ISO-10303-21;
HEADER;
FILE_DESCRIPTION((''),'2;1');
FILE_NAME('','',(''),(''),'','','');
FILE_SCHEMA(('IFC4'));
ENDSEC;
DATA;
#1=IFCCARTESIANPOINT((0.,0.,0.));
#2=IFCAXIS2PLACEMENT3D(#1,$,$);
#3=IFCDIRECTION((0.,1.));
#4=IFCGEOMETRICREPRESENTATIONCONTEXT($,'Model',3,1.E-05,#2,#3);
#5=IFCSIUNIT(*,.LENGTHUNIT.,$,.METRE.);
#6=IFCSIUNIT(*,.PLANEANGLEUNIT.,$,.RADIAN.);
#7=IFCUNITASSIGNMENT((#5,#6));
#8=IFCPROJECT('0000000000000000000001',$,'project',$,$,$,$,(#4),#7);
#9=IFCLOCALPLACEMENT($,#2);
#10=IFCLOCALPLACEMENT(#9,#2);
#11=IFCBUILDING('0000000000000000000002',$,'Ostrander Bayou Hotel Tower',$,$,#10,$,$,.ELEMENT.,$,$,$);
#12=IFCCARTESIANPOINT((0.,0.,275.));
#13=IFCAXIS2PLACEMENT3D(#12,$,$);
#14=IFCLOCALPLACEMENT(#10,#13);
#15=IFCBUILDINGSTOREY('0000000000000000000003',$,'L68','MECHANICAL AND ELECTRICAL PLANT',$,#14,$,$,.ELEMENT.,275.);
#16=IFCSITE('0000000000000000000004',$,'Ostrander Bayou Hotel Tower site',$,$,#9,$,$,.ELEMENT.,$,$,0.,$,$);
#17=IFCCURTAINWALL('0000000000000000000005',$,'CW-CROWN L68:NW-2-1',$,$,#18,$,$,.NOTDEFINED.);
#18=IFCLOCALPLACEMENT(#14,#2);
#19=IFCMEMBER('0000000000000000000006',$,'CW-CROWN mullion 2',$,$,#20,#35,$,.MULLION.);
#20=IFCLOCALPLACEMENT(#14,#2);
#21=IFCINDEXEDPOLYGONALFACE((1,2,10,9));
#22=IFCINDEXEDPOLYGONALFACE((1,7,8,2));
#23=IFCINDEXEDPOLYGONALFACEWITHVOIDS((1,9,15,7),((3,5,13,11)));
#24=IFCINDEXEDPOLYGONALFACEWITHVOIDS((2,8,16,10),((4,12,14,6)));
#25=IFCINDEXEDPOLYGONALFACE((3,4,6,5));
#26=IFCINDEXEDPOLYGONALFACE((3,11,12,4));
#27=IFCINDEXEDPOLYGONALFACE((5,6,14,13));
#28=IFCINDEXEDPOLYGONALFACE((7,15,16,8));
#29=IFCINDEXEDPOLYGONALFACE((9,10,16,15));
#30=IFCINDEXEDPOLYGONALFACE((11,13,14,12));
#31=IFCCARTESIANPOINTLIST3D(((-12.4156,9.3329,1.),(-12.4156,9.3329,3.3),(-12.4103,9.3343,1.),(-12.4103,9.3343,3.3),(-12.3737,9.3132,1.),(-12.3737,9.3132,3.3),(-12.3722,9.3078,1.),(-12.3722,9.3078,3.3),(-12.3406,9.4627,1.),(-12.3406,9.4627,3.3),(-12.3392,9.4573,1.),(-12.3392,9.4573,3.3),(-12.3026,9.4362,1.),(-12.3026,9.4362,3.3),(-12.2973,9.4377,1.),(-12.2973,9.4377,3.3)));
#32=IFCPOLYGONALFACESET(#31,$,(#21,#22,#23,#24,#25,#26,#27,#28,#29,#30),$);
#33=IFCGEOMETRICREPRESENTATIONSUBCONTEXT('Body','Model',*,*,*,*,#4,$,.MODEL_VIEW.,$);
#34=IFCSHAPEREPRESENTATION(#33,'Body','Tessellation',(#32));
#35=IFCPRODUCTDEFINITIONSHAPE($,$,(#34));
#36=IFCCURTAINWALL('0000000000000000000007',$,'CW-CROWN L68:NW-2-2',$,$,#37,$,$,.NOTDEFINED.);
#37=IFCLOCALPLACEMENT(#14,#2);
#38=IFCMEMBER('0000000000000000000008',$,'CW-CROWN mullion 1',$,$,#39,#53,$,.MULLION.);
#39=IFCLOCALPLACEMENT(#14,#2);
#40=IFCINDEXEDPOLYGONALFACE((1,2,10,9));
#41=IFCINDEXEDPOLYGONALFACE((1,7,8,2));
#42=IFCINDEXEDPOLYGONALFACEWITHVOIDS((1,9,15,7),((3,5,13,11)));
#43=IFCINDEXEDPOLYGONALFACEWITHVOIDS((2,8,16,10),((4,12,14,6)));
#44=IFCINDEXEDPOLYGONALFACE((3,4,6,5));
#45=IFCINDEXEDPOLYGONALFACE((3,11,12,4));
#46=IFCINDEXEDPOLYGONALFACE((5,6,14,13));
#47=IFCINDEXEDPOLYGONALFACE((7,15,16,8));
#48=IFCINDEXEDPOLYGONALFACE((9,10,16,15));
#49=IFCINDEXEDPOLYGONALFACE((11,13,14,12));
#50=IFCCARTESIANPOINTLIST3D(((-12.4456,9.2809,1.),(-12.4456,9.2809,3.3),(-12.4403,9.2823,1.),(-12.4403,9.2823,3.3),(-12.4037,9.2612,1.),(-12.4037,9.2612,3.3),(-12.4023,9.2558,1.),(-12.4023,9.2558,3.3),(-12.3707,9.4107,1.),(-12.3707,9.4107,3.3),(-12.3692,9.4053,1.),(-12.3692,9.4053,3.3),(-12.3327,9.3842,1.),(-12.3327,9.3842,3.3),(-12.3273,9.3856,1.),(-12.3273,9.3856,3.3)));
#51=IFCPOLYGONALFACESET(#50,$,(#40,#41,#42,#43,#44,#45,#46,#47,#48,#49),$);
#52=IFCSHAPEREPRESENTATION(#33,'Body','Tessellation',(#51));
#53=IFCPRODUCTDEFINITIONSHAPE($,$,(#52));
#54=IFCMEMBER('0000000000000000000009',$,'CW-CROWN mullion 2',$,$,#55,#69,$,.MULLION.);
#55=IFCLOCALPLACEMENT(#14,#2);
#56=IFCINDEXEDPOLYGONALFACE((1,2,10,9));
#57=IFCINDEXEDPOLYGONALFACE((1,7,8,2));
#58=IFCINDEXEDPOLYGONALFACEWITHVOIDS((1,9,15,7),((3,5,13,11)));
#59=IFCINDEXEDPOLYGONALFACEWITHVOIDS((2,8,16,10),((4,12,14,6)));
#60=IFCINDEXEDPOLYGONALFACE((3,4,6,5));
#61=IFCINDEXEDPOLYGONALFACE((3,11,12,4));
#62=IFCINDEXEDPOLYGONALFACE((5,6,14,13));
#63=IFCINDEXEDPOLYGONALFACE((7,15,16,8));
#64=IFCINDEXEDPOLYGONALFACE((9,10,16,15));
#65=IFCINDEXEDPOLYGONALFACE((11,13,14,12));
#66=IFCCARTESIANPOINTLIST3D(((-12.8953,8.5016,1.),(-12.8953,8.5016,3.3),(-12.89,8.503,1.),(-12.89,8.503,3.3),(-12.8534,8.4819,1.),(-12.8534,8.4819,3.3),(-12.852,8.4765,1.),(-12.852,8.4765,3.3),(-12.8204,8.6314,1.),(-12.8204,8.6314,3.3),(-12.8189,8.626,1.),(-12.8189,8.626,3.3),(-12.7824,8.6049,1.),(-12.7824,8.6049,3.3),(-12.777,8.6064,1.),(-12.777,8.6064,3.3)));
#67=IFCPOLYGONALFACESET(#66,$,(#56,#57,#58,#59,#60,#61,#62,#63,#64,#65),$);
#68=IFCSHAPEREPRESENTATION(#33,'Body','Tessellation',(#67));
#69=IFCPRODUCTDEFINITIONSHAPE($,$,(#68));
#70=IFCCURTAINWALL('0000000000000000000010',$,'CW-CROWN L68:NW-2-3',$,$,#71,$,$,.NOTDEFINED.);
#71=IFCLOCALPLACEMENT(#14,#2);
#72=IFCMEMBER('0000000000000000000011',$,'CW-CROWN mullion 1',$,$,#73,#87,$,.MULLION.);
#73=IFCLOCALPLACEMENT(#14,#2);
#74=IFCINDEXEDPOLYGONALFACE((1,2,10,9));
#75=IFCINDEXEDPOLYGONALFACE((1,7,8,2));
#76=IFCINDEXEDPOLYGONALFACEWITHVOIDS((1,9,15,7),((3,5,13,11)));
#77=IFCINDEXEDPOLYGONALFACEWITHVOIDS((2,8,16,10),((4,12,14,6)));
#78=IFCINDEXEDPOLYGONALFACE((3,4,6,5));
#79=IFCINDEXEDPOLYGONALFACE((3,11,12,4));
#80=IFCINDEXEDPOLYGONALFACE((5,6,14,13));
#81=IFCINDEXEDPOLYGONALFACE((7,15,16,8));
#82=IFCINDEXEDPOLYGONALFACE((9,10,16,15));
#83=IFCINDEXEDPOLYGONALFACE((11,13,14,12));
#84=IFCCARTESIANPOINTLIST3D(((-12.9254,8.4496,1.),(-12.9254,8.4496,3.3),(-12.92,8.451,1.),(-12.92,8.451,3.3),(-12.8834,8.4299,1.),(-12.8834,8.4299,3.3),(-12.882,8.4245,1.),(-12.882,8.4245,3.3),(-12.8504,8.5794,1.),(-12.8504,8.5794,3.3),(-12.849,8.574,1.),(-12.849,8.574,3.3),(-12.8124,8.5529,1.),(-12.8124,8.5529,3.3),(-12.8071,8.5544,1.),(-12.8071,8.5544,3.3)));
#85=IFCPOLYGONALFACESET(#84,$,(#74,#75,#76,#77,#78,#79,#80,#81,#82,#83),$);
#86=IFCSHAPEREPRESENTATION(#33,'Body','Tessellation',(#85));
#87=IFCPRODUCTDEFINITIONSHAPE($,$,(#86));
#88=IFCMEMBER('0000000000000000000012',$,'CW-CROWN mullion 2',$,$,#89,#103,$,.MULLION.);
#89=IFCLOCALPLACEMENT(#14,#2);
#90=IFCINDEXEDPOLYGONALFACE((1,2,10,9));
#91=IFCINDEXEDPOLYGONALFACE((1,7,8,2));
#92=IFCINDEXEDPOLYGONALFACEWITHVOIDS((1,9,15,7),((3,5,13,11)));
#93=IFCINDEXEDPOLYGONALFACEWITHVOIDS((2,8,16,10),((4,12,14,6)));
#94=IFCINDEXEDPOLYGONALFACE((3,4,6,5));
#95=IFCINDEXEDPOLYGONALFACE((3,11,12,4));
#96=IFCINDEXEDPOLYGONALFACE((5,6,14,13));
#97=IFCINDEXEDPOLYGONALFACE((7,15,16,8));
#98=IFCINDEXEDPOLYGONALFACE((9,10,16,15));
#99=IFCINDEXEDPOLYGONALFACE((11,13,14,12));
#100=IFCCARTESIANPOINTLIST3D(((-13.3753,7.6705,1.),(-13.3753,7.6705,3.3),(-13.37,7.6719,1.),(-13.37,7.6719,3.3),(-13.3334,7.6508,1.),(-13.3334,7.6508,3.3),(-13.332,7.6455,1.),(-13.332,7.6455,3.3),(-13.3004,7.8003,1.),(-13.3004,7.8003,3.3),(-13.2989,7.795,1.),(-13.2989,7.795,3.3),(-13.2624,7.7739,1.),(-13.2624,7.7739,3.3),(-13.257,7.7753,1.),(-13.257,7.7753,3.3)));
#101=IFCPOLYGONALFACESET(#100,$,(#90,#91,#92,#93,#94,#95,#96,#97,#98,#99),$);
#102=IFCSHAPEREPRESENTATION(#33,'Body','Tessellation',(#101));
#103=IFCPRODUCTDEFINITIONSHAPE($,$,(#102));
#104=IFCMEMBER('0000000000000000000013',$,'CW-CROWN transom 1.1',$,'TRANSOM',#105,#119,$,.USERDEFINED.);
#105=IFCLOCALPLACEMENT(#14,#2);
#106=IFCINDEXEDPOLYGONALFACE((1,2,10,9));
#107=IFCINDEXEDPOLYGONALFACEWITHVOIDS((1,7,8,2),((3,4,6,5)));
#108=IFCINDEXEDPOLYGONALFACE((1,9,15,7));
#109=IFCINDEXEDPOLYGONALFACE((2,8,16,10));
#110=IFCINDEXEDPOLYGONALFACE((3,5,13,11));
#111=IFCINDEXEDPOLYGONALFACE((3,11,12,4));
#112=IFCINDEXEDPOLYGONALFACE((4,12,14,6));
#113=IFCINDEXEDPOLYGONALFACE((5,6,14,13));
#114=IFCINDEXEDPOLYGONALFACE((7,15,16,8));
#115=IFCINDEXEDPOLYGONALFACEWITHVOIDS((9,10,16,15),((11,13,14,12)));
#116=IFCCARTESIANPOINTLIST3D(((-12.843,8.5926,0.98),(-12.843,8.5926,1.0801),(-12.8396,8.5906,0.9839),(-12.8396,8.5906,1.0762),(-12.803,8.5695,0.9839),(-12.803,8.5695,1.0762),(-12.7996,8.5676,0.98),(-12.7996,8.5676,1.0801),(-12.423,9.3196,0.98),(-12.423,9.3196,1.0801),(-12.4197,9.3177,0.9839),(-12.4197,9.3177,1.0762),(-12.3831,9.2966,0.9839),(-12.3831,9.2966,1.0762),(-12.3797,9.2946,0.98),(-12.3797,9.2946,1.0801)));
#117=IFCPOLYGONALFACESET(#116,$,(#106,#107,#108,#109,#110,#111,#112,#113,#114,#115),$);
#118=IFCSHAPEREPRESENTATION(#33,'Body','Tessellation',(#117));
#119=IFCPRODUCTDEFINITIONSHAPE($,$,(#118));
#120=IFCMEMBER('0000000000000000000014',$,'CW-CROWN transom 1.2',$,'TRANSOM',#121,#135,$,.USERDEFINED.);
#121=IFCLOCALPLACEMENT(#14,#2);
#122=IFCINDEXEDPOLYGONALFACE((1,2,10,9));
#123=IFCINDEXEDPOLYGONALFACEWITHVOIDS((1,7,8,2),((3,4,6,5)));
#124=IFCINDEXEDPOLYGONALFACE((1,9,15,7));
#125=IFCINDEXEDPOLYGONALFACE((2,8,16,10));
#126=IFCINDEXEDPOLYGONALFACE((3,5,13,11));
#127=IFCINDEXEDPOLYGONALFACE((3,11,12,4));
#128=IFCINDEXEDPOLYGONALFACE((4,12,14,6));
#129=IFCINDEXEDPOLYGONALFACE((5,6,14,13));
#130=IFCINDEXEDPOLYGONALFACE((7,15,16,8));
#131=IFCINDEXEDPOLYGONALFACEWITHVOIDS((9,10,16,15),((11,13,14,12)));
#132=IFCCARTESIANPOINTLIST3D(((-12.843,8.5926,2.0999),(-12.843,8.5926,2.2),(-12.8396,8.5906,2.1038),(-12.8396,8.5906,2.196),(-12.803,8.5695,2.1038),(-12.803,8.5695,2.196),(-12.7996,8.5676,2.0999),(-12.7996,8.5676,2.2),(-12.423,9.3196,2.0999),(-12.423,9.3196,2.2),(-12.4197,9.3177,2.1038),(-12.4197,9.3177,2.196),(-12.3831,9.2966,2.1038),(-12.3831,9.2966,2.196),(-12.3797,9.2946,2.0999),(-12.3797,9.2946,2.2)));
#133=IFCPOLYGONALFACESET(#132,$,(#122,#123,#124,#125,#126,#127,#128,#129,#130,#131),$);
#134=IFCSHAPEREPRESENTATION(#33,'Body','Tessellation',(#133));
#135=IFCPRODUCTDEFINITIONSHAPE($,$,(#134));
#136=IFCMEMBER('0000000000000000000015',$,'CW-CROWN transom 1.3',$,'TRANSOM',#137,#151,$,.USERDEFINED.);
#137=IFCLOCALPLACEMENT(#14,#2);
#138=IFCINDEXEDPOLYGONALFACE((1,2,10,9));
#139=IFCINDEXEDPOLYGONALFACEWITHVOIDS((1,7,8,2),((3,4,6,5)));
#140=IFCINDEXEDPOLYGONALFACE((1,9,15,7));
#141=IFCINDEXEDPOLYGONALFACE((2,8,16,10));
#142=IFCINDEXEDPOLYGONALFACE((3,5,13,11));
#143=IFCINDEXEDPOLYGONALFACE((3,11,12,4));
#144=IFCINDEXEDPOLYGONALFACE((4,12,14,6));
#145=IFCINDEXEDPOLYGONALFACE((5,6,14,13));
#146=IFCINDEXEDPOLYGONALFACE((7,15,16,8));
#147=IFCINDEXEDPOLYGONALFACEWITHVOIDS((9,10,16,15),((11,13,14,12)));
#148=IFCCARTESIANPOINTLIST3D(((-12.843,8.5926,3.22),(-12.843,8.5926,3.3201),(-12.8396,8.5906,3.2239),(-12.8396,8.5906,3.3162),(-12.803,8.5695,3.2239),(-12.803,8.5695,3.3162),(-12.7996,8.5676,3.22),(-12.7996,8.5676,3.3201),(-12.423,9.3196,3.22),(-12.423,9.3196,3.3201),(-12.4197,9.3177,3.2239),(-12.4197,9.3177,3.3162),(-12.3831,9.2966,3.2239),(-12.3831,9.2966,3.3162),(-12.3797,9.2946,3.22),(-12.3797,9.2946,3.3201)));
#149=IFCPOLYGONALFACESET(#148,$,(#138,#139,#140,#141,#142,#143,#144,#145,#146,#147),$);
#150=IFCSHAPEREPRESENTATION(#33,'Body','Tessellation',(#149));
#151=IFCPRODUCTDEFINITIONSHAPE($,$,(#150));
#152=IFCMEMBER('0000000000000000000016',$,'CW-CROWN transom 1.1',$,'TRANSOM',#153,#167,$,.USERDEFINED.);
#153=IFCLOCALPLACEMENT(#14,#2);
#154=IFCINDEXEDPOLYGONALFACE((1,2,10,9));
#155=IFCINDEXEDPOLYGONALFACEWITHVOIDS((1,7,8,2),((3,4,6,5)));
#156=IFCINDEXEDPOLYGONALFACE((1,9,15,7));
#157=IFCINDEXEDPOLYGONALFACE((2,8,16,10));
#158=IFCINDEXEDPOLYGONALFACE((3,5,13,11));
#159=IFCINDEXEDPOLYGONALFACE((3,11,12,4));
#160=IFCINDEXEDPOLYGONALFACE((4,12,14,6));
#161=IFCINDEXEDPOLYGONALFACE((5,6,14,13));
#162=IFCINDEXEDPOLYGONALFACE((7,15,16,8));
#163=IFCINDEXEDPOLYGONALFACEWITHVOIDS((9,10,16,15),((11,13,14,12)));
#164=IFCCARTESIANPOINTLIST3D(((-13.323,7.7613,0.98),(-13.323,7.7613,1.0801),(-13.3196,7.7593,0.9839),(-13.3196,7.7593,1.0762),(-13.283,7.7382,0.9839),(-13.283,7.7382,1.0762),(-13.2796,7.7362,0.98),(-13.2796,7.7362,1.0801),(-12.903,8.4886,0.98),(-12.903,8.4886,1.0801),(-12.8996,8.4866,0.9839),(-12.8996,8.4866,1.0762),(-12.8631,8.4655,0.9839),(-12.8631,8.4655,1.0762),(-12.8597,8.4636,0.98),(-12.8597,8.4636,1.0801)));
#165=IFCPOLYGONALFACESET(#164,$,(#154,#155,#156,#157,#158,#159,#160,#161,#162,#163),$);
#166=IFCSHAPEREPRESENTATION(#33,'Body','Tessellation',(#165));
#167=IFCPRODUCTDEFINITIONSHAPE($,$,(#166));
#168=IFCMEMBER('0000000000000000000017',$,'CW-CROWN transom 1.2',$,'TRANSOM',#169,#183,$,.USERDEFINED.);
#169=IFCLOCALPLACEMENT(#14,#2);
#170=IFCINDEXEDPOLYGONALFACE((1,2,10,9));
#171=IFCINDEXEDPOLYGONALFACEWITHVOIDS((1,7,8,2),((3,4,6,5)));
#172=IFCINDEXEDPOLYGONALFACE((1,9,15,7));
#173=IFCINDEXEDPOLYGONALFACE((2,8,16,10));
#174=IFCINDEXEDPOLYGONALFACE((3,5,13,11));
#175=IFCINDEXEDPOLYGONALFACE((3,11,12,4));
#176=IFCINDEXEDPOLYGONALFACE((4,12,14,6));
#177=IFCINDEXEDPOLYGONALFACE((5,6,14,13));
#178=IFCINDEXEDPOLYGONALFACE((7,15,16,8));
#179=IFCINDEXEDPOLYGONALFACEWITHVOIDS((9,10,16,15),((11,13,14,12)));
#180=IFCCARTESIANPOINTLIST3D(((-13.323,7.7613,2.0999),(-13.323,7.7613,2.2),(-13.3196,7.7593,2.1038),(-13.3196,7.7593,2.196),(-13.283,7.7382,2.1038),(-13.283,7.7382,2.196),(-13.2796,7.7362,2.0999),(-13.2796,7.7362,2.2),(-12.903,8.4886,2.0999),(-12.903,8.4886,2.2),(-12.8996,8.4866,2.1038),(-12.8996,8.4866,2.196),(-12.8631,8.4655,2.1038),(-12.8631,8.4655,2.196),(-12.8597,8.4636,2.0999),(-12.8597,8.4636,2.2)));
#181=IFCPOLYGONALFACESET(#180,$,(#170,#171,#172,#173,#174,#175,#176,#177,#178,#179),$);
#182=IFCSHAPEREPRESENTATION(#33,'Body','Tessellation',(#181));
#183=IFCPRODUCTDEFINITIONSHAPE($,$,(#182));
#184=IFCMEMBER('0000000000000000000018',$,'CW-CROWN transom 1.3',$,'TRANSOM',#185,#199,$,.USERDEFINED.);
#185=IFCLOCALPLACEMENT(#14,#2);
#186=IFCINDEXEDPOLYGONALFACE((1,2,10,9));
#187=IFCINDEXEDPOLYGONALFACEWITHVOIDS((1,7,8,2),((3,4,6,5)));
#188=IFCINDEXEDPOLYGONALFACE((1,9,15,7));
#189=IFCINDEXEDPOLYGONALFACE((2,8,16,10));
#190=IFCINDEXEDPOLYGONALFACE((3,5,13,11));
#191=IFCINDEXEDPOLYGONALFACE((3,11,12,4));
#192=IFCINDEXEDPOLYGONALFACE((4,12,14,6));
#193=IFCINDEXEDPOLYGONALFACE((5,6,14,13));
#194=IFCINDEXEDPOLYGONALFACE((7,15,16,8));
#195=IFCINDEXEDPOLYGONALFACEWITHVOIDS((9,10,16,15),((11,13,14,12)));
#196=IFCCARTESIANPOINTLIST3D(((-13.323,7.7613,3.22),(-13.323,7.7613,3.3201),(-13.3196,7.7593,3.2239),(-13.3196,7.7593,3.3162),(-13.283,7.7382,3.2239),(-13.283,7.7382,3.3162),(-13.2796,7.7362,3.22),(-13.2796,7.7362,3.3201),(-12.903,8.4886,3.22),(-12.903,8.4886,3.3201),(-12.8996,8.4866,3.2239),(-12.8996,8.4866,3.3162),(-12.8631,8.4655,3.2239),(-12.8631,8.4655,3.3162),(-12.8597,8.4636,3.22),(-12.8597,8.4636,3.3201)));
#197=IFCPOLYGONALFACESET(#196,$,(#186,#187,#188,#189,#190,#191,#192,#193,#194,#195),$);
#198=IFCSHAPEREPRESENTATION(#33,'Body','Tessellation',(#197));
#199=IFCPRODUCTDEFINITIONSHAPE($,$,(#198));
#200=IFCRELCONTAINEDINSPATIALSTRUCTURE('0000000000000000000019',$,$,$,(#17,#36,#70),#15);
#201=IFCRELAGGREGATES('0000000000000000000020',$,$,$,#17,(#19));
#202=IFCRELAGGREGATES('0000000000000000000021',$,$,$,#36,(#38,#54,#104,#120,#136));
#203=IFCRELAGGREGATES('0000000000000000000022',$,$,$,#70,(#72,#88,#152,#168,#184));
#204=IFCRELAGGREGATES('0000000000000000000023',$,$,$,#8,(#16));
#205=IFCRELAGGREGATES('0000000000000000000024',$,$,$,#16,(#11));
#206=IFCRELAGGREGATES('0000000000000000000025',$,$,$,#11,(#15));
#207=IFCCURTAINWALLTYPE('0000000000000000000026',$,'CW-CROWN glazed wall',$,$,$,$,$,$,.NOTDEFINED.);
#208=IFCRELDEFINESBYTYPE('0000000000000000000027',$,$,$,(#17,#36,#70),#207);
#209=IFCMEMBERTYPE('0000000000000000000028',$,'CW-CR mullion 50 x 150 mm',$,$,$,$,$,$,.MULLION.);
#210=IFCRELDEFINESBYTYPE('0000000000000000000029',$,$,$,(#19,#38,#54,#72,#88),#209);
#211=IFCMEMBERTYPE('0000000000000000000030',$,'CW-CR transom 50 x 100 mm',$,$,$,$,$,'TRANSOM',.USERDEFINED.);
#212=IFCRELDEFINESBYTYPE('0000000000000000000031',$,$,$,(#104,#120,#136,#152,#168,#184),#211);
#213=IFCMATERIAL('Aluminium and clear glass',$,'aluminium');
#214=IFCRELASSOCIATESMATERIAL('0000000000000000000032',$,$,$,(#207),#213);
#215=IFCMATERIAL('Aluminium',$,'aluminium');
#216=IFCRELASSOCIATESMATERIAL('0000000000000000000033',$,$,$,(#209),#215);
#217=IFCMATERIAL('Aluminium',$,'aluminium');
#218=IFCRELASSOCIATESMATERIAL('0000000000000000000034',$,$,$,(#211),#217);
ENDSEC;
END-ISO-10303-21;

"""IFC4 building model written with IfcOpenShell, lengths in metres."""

from ifc_helpers import new_model, si_unit, direction, frame, origin, origin_2d, place, context, subcontext, project, spatial, hollow_rectangle, extrude, material, material_profile, profile_set, type_object, element, aggregate, save


model = new_model("IFC4")

# Units and contexts
model_context = context("Model", 3, precision=1e-05, world=origin(), true_north=direction((0.0, 1.0)))
body_context = subcontext(model_context, "Body", "Model", "MODEL_VIEW")
ifc_project = project(units=[si_unit("LENGTHUNIT", "METRE"), si_unit("PLANEANGLEUNIT", "RADIAN")], contexts=[model_context])

# Site, building, storey
site_placement = place(None, origin())
site = spatial("IfcSite", under=ifc_project, at=site_placement, Name="Ostrander Bayou Hotel Tower site", CompositionType="ELEMENT", RefElevation=0.0)
building_placement = place(site_placement, origin())
building = spatial("IfcBuilding", under=site, at=building_placement, Name="Ostrander Bayou Hotel Tower", CompositionType="ELEMENT")
storey_placement = place(building_placement, frame((0.0, 0.0, 275.0)))
storey = spatial("IfcBuildingStorey", under=building, at=storey_placement, Name="L68", Description="MECHANICAL AND ELECTRICAL PLANT", CompositionType="ELEMENT", Elevation=275.0)

# Curtain wall, member
ifc_material_1 = material(Name="Aluminium and clear glass", Category="aluminium")
curtain_wall_type = type_object("IfcCurtainWallType", Name="CW-CROWN glazed wall", PredefinedType="NOTDEFINED", material=ifc_material_1)
curtain_wall_1_placement = place(storey_placement, origin())
curtain_wall_1 = element("IfcCurtainWall", 1, at=curtain_wall_1_placement, inside=storey, type_object=curtain_wall_type, Name="CW-CROWN L68:NW-2-1", PredefinedType="NOTDEFINED")
ifc_material_2 = material(Name="Aluminium", Category="aluminium")
ifc_material_profile_1 = material_profile(ifc_material_2, hollow_rectangle(XDim=0.05, YDim=0.1499, WallThickness=0.0039, at=origin_2d()))
ifc_profile_set_1 = profile_set([ifc_material_profile_1], Name="Aluminium")
member_type_1 = type_object("IfcMemberType", Name="CW-CR mullion 50 x 150 mm", PredefinedType="MULLION", material=ifc_profile_set_1)
member_1_placement = place(storey_placement, frame((-12.3564, 9.3853, 1.0), z_axis=(0.0, 0.0, 1.0), x_axis=(0.866022, -0.500005, 0.0)))
member_1 = element("IfcMember", 2, at=member_1_placement, type_object=member_type_1, Name="CW-CROWN mullion 2", PredefinedType="MULLION", context=body_context, shape_type="SweptSolid", body=[
    extrude(hollow_rectangle(XDim=0.05, YDim=0.1499, WallThickness=0.0039, at=origin_2d()), origin(), (0.0, 0.0, 1.0), 2.3),
])
aggregate(curtain_wall_1, [member_1])

# Curtain walls, members
curtain_wall_2_placement = place(storey_placement, origin())
curtain_wall_2 = element("IfcCurtainWall", 3, at=curtain_wall_2_placement, inside=storey, type_object=curtain_wall_type, Name="CW-CROWN L68:NW-2-2", PredefinedType="NOTDEFINED")
member_2_placement = place(storey_placement, frame((-12.3865, 9.3333, 1.0), z_axis=(0.0, 0.0, 1.0), x_axis=(0.866022, -0.500005, 0.0)))
member_2 = element("IfcMember", 4, at=member_2_placement, type_object=member_type_1, Name="CW-CROWN mullion 1", PredefinedType="MULLION", context=body_context, shape_type="SweptSolid", body=[
    extrude(hollow_rectangle(XDim=0.05, YDim=0.1499, WallThickness=0.0039, at=origin_2d()), origin(), (0.0, 0.0, 1.0), 2.3),
])
member_3_placement = place(storey_placement, frame((-12.8362, 8.554, 1.0), z_axis=(0.0, 0.0, 1.0), x_axis=(0.866022, -0.500005, 0.0)))
member_3 = element("IfcMember", 5, at=member_3_placement, type_object=member_type_1, Name="CW-CROWN mullion 2", PredefinedType="MULLION", context=body_context, shape_type="SweptSolid", body=[
    extrude(hollow_rectangle(XDim=0.05, YDim=0.1499, WallThickness=0.0039, at=origin_2d()), origin(), (0.0, 0.0, 1.0), 2.3),
])
curtain_wall_3_placement = place(storey_placement, origin())
curtain_wall_3 = element("IfcCurtainWall", 6, at=curtain_wall_3_placement, inside=storey, type_object=curtain_wall_type, Name="CW-CROWN L68:NW-2-3", PredefinedType="NOTDEFINED")
member_4_placement = place(storey_placement, frame((-12.8662, 8.502, 1.0), z_axis=(0.0, 0.0, 1.0), x_axis=(0.866022, -0.500005, 0.0)))
member_4 = element("IfcMember", 7, at=member_4_placement, type_object=member_type_1, Name="CW-CROWN mullion 1", PredefinedType="MULLION", context=body_context, shape_type="SweptSolid", body=[
    extrude(hollow_rectangle(XDim=0.05, YDim=0.1499, WallThickness=0.0039, at=origin_2d()), origin(), (0.0, 0.0, 1.0), 2.3),
])
member_5_placement = place(storey_placement, frame((-13.3162, 7.7229, 1.0), z_axis=(0.0, 0.0, 1.0), x_axis=(0.866022, -0.500005, 0.0)))
member_5 = element("IfcMember", 8, at=member_5_placement, type_object=member_type_1, Name="CW-CROWN mullion 2", PredefinedType="MULLION", context=body_context, shape_type="SweptSolid", body=[
    extrude(hollow_rectangle(XDim=0.05, YDim=0.1499, WallThickness=0.0039, at=origin_2d()), origin(), (0.0, 0.0, 1.0), 2.3),
])

# Members
ifc_material_3 = material(Name="Aluminium", Category="aluminium")
ifc_material_profile_2 = material_profile(ifc_material_3, hollow_rectangle(XDim=0.05, YDim=0.1001, WallThickness=0.0039, at=origin_2d()))
ifc_profile_set_2 = profile_set([ifc_material_profile_2], Name="Aluminium")
member_type_2 = type_object("IfcMemberType", Name="CW-CR transom 50 x 100 mm", ElementType="TRANSOM", PredefinedType="USERDEFINED", material=ifc_profile_set_2)
member_6_placement = place(storey_placement, frame((-12.4014, 9.3071, 1.03), z_axis=(-0.500142, -0.865943, 0.0), x_axis=(0.865943, -0.500142, 0.0)))
member_6 = element("IfcMember", 9, at=member_6_placement, type_object=member_type_2, Name="CW-CROWN transom 1.1", ObjectType="TRANSOM", PredefinedType="USERDEFINED", context=body_context, shape_type="SweptSolid", body=[
    extrude(hollow_rectangle(XDim=0.05, YDim=0.1001, WallThickness=0.0039, at=origin_2d()), origin(), (0.0, 0.0, 1.0), 0.8396),
])
member_7_placement = place(storey_placement, frame((-12.4014, 9.3071, 2.1499), z_axis=(-0.500142, -0.865943, 0.0), x_axis=(0.865943, -0.500142, 0.0)))
member_7 = element("IfcMember", 10, at=member_7_placement, type_object=member_type_2, Name="CW-CROWN transom 1.2", ObjectType="TRANSOM", PredefinedType="USERDEFINED", context=body_context, shape_type="SweptSolid", body=[
    extrude(hollow_rectangle(XDim=0.05, YDim=0.1001, WallThickness=0.0039, at=origin_2d()), origin(), (0.0, 0.0, 1.0), 0.8396),
])
member_8_placement = place(storey_placement, frame((-12.4014, 9.3071, 3.27), z_axis=(-0.500142, -0.865943, 0.0), x_axis=(0.865943, -0.500142, 0.0)))
member_8 = element("IfcMember", 11, at=member_8_placement, type_object=member_type_2, Name="CW-CROWN transom 1.3", ObjectType="TRANSOM", PredefinedType="USERDEFINED", context=body_context, shape_type="SweptSolid", body=[
    extrude(hollow_rectangle(XDim=0.05, YDim=0.1001, WallThickness=0.0039, at=origin_2d()), origin(), (0.0, 0.0, 1.0), 0.8396),
])
member_9_placement = place(storey_placement, frame((-12.8813, 8.4761, 1.03), z_axis=(-0.500016, -0.866016, 0.0), x_axis=(0.866016, -0.500016, 0.0)))
member_9 = element("IfcMember", 12, at=member_9_placement, type_object=member_type_2, Name="CW-CROWN transom 1.1", ObjectType="TRANSOM", PredefinedType="USERDEFINED", context=body_context, shape_type="SweptSolid", body=[
    extrude(hollow_rectangle(XDim=0.05, YDim=0.1001, WallThickness=0.0039, at=origin_2d()), origin(), (0.0, 0.0, 1.0), 0.8398),
])
member_10_placement = place(storey_placement, frame((-12.8813, 8.4761, 2.1499), z_axis=(-0.500016, -0.866016, 0.0), x_axis=(0.866016, -0.500016, 0.0)))
member_10 = element("IfcMember", 13, at=member_10_placement, type_object=member_type_2, Name="CW-CROWN transom 1.2", ObjectType="TRANSOM", PredefinedType="USERDEFINED", context=body_context, shape_type="SweptSolid", body=[
    extrude(hollow_rectangle(XDim=0.05, YDim=0.1001, WallThickness=0.0039, at=origin_2d()), origin(), (0.0, 0.0, 1.0), 0.8398),
])
member_11_placement = place(storey_placement, frame((-12.8813, 8.4761, 3.27), z_axis=(-0.500016, -0.866016, 0.0), x_axis=(0.866016, -0.500016, 0.0)))
member_11 = element("IfcMember", 14, at=member_11_placement, type_object=member_type_2, Name="CW-CROWN transom 1.3", ObjectType="TRANSOM", PredefinedType="USERDEFINED", context=body_context, shape_type="SweptSolid", body=[
    extrude(hollow_rectangle(XDim=0.05, YDim=0.1001, WallThickness=0.0039, at=origin_2d()), origin(), (0.0, 0.0, 1.0), 0.8398),
])

aggregate(curtain_wall_2, [member_2, member_3, member_6, member_7, member_8])
aggregate(curtain_wall_3, [member_4, member_5, member_9, member_10, member_11])

save(model, "model.ifc")
